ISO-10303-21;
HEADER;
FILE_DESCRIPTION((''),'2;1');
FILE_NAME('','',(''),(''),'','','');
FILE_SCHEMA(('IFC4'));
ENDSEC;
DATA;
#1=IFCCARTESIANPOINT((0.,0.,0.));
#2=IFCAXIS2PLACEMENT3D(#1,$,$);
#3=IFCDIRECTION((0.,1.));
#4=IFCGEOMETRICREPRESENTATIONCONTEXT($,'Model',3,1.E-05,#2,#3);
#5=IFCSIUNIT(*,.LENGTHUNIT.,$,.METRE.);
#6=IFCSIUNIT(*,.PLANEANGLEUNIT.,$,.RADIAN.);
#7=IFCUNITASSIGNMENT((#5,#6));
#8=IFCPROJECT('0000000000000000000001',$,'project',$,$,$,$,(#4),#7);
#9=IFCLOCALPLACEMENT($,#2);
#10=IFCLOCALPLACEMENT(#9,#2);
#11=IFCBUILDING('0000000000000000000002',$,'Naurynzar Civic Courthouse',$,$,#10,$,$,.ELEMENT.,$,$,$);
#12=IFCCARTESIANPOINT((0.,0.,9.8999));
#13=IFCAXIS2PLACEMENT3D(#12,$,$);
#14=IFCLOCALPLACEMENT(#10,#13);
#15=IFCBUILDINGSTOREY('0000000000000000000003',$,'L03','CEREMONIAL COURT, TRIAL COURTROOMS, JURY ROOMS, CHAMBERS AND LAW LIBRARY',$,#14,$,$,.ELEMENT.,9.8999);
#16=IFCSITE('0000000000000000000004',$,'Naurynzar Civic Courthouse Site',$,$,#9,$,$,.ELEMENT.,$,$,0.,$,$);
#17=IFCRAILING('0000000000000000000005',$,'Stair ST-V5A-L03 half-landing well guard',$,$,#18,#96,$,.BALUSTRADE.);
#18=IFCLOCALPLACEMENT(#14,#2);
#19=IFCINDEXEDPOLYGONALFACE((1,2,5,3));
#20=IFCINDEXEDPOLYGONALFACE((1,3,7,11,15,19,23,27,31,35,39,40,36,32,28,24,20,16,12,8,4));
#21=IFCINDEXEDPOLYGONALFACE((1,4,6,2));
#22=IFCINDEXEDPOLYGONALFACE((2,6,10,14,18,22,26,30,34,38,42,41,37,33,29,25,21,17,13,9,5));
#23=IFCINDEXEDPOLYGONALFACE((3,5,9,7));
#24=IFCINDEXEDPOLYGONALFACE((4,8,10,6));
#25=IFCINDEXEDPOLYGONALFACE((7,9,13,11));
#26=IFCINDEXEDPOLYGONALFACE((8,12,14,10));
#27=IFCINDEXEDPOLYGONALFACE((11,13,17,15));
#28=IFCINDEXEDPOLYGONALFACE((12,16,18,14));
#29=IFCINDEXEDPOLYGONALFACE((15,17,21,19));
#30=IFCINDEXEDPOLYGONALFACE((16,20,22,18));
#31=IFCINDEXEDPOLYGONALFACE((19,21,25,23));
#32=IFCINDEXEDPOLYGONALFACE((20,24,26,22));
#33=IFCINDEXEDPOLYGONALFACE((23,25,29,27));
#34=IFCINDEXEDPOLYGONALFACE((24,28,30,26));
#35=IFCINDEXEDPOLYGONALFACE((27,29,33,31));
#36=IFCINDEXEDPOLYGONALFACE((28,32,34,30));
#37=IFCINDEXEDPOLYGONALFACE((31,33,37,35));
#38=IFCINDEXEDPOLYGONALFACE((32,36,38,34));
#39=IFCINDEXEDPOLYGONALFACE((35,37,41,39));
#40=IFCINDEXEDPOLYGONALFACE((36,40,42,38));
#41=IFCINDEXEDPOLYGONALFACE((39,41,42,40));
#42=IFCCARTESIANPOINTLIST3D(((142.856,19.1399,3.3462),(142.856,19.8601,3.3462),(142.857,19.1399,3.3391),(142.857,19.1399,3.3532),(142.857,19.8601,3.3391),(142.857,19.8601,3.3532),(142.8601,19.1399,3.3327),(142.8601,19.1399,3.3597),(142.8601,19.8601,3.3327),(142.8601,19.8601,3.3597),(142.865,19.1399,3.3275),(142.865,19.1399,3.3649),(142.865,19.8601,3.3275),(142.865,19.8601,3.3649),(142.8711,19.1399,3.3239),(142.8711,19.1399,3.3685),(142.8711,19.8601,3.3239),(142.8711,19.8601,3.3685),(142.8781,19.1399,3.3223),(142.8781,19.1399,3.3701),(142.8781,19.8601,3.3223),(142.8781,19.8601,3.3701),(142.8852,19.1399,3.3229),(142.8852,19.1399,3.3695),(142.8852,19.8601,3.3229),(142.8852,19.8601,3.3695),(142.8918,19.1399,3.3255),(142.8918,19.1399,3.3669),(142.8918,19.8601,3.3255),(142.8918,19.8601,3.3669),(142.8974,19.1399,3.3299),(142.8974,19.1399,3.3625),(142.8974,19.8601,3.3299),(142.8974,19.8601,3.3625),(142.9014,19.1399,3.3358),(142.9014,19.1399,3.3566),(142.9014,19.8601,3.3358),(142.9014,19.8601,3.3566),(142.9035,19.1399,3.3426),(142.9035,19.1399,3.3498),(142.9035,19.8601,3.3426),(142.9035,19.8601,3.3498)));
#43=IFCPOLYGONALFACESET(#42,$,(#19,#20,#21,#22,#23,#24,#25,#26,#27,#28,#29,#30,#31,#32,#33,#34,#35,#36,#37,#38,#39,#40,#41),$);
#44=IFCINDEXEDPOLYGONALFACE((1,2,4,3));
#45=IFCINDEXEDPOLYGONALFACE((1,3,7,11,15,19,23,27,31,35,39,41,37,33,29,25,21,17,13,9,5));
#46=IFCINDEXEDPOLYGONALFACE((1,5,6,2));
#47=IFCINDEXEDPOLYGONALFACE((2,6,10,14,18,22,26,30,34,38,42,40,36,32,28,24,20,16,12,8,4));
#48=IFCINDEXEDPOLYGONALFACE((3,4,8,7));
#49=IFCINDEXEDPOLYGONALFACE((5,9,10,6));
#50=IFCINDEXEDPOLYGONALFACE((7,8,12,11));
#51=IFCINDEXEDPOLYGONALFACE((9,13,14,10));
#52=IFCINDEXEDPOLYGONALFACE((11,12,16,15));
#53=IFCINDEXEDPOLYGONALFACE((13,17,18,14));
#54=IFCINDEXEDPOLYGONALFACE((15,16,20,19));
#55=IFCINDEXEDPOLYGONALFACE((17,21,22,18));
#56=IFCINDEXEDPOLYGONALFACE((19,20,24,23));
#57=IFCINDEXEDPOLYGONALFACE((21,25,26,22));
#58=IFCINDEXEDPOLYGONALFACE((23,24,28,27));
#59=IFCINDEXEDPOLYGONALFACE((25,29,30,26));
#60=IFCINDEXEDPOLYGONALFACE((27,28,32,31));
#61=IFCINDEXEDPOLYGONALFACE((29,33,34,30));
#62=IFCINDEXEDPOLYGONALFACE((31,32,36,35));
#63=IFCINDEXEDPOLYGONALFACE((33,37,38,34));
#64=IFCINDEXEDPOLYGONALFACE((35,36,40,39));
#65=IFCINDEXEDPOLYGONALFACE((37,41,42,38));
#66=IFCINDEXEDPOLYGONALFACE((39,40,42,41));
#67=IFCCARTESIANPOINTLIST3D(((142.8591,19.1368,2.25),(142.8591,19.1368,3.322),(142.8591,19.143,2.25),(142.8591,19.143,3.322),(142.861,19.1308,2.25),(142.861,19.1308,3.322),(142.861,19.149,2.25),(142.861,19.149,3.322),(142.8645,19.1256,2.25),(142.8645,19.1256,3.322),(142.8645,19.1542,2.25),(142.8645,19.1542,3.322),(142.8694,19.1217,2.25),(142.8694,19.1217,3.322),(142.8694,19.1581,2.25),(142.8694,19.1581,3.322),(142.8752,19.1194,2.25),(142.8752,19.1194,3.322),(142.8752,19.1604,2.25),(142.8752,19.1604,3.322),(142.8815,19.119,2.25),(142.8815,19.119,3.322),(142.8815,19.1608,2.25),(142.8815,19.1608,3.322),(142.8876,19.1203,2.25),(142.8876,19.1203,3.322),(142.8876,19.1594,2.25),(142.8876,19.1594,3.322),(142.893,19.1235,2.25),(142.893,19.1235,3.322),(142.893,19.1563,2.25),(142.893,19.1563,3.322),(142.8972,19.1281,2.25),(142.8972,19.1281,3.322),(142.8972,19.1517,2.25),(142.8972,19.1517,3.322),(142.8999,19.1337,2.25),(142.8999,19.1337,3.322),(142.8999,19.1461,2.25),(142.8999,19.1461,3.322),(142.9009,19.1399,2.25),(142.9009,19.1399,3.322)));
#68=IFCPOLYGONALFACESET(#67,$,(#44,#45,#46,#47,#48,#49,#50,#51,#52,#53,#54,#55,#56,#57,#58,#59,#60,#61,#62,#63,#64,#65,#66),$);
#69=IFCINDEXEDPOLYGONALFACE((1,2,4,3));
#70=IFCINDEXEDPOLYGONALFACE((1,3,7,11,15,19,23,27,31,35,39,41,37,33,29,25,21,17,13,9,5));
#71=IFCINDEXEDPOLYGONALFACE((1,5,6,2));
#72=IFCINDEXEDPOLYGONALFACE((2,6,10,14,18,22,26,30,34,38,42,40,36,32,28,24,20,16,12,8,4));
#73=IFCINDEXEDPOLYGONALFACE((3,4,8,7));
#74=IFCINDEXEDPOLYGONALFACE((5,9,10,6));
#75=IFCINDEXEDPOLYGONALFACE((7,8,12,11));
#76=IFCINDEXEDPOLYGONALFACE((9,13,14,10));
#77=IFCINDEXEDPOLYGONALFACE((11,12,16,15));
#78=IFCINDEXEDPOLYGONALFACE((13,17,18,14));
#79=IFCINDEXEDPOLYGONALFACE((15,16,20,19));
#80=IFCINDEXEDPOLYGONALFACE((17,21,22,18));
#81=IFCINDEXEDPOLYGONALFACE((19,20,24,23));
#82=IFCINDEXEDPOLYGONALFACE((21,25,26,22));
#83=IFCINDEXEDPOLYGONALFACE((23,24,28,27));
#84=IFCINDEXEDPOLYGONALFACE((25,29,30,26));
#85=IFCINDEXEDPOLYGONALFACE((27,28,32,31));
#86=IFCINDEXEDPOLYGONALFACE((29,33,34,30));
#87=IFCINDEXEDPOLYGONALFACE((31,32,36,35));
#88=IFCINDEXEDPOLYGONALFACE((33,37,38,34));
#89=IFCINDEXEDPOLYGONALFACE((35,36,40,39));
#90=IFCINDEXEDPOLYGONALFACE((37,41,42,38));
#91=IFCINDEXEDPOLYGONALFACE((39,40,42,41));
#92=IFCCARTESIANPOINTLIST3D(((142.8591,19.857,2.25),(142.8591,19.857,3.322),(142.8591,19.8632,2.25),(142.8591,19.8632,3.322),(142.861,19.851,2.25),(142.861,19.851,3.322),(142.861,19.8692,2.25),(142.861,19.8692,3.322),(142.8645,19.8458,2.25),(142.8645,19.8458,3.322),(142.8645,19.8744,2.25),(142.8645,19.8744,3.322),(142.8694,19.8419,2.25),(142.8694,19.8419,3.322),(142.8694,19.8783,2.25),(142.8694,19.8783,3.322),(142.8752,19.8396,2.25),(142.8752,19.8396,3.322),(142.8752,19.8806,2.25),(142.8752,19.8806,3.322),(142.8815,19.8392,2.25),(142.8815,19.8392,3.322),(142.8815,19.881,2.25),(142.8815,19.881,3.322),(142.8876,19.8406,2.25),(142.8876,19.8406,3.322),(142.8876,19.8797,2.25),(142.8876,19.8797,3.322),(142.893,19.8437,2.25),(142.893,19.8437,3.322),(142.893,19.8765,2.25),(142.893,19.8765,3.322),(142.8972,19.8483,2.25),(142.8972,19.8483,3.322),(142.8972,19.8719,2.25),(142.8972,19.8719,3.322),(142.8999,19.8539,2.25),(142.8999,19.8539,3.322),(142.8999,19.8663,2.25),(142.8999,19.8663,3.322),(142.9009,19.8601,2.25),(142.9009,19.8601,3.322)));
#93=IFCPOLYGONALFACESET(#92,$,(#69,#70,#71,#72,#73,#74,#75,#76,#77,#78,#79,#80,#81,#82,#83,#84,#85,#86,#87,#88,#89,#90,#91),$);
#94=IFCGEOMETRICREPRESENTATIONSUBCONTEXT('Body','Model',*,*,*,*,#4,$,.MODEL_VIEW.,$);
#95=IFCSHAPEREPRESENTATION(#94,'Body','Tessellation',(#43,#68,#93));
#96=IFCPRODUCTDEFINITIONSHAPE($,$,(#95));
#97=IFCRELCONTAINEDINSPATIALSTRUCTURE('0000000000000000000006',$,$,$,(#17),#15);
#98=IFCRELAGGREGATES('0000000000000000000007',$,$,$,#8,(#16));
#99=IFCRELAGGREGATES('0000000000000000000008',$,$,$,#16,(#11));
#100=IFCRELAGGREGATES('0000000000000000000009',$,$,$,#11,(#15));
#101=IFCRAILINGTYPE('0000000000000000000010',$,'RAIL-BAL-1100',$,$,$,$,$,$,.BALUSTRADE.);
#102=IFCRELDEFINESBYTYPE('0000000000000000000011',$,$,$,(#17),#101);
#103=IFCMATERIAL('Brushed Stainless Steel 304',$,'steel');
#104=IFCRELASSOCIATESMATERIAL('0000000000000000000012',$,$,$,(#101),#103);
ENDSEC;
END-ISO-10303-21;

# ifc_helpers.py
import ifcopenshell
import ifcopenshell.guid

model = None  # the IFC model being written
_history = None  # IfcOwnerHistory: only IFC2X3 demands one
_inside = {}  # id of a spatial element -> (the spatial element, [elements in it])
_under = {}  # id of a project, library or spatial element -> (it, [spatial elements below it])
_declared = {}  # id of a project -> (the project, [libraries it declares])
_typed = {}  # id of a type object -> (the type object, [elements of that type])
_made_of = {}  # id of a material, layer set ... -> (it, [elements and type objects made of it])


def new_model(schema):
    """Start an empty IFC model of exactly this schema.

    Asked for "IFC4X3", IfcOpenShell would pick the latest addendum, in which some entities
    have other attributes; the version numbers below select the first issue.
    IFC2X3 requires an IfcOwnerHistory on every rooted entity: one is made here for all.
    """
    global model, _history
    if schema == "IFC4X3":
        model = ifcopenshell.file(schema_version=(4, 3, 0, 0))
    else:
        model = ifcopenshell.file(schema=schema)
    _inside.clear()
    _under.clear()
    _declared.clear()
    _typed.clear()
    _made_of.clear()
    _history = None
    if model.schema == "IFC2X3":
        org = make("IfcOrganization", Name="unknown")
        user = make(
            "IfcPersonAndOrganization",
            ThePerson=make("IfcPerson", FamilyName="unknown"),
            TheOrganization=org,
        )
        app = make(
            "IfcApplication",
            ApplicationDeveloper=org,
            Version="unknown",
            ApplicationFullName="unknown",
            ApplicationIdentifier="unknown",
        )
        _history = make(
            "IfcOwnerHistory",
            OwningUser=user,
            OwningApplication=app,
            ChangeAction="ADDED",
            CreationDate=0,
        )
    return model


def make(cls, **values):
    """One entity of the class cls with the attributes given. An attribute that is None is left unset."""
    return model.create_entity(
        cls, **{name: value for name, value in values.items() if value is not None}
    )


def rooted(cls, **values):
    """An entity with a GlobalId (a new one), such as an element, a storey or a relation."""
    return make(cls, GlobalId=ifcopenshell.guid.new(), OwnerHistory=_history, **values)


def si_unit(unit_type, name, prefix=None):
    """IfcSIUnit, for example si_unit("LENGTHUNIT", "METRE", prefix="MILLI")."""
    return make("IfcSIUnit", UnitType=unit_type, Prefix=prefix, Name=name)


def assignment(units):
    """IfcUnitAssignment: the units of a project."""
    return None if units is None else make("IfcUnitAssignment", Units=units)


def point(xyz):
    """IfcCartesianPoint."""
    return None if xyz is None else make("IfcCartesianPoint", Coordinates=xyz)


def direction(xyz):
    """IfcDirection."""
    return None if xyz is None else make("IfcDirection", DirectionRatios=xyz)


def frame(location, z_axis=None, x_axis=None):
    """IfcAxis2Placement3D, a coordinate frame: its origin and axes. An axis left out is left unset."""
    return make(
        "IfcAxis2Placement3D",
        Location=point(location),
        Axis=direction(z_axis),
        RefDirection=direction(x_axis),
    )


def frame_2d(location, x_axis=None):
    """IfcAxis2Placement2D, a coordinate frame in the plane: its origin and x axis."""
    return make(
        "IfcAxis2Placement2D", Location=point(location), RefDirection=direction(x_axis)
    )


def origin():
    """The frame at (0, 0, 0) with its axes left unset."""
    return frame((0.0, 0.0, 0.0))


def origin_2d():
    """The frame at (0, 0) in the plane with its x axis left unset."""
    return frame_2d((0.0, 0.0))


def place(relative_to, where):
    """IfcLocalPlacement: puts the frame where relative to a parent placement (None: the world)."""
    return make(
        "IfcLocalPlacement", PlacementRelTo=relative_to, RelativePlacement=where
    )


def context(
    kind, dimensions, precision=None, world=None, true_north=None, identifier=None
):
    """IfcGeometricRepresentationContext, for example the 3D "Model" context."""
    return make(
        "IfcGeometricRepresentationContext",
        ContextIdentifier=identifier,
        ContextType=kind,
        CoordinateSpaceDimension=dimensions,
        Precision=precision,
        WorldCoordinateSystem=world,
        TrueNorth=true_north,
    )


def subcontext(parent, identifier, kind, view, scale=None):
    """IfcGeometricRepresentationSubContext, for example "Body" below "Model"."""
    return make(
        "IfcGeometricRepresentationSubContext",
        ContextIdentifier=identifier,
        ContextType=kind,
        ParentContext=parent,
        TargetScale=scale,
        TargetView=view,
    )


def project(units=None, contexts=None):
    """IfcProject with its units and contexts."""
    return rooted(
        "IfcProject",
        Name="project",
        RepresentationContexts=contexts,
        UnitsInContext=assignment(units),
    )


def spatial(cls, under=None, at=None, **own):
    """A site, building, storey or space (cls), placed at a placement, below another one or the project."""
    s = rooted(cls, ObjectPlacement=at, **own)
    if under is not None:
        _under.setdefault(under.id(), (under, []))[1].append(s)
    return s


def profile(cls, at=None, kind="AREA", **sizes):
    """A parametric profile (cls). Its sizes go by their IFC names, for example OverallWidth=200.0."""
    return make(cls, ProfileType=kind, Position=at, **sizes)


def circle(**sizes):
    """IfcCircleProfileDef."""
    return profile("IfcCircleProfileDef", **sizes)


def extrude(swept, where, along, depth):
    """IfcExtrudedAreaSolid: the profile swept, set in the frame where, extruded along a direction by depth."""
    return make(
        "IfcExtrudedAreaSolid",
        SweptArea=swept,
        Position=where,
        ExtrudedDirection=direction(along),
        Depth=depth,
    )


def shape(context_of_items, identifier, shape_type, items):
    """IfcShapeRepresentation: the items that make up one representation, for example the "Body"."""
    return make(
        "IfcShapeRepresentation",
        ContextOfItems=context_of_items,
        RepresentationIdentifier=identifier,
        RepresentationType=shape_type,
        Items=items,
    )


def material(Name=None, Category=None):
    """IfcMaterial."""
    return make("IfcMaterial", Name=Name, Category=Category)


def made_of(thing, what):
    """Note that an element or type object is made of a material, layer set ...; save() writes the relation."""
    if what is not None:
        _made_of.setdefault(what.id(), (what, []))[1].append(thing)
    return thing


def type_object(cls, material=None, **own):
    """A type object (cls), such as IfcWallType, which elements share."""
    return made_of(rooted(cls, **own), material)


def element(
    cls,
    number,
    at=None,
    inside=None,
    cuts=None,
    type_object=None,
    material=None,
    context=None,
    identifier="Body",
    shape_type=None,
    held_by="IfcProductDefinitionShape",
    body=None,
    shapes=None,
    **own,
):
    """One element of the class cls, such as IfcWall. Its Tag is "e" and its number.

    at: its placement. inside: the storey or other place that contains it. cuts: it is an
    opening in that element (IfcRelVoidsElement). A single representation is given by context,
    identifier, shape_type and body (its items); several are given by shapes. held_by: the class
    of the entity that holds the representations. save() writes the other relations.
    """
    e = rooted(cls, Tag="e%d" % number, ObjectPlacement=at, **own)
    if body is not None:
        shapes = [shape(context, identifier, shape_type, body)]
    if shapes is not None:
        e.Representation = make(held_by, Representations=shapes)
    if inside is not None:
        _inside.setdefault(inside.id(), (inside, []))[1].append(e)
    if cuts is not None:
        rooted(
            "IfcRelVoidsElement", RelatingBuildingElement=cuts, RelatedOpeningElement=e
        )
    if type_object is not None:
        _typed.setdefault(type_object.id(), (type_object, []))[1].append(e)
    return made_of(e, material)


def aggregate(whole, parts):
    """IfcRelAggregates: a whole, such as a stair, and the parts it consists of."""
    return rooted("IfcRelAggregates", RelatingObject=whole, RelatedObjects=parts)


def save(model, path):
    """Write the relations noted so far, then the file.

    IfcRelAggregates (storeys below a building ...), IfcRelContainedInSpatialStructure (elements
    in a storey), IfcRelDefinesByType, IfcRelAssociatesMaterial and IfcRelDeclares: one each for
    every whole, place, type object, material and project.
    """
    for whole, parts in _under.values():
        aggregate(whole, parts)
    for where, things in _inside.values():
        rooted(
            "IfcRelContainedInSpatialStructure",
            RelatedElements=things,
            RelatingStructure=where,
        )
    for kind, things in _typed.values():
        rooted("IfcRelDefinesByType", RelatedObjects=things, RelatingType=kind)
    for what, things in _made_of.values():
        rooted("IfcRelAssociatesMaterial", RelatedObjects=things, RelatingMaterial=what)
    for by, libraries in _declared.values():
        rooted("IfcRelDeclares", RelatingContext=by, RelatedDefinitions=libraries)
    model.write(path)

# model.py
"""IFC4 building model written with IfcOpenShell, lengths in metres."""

from ifc_helpers import new_model, si_unit, direction, frame, origin, origin_2d, place, context, subcontext, project, spatial, circle, extrude, material, type_object, element, save


model = new_model("IFC4")

# Units and contexts
model_context = context("Model", 3, precision=1e-05, world=origin(), true_north=direction((0.0, 1.0)))
body_context = subcontext(model_context, "Body", "Model", "MODEL_VIEW")
ifc_project = project(units=[si_unit("LENGTHUNIT", "METRE"), si_unit("PLANEANGLEUNIT", "RADIAN")], contexts=[model_context])

# Site, building, storey
site_placement = place(None, origin())
site = spatial("IfcSite", under=ifc_project, at=site_placement, Name="Naurynzar Civic Courthouse Site", CompositionType="ELEMENT", RefElevation=0.0)
building_placement = place(site_placement, origin())
building = spatial("IfcBuilding", under=site, at=building_placement, Name="Naurynzar Civic Courthouse", CompositionType="ELEMENT")
storey_placement = place(building_placement, frame((0.0, 0.0, 9.8999)))
storey = spatial("IfcBuildingStorey", under=building, at=storey_placement, Name="L03", Description="CEREMONIAL COURT, TRIAL COURTROOMS, JURY ROOMS, CHAMBERS AND LAW LIBRARY", CompositionType="ELEMENT", Elevation=9.8999)

# Railing
ifc_material_1 = material(Name="Brushed Stainless Steel 304", Category="steel")
railing_type_1 = type_object("IfcRailingType", Name="RAIL-BAL-1100", PredefinedType="BALUSTRADE", material=ifc_material_1)
for number, where, name in (
    (1, (142.8799, 19.1399, 2.25), "Stair ST-V5A-L03 half-landing well guard"),
):
    element("IfcRailing", number, at=place(storey_placement, frame(where)), inside=storey, type_object=railing_type_1, Name=name, PredefinedType="BALUSTRADE", context=body_context, shape_type="SweptSolid", body=[
        extrude(circle(Radius=0.0239, at=origin_2d()), frame((0.0, 0.0, 1.0962), z_axis=(0.0, 1.0, 0.0), x_axis=(-1.0, 0.0, 0.0)), (0.0, 0.0, 1.0), 0.7202),
        extrude(circle(Radius=0.021, at=origin_2d()), origin(), (0.0, 0.0, 1.0), 1.072),
        extrude(circle(Radius=0.021, at=origin_2d()), frame((0.0, 0.7202, 0.0)), (0.0, 0.0, 1.0), 1.072),
    ])

save(model, "model.ifc")
